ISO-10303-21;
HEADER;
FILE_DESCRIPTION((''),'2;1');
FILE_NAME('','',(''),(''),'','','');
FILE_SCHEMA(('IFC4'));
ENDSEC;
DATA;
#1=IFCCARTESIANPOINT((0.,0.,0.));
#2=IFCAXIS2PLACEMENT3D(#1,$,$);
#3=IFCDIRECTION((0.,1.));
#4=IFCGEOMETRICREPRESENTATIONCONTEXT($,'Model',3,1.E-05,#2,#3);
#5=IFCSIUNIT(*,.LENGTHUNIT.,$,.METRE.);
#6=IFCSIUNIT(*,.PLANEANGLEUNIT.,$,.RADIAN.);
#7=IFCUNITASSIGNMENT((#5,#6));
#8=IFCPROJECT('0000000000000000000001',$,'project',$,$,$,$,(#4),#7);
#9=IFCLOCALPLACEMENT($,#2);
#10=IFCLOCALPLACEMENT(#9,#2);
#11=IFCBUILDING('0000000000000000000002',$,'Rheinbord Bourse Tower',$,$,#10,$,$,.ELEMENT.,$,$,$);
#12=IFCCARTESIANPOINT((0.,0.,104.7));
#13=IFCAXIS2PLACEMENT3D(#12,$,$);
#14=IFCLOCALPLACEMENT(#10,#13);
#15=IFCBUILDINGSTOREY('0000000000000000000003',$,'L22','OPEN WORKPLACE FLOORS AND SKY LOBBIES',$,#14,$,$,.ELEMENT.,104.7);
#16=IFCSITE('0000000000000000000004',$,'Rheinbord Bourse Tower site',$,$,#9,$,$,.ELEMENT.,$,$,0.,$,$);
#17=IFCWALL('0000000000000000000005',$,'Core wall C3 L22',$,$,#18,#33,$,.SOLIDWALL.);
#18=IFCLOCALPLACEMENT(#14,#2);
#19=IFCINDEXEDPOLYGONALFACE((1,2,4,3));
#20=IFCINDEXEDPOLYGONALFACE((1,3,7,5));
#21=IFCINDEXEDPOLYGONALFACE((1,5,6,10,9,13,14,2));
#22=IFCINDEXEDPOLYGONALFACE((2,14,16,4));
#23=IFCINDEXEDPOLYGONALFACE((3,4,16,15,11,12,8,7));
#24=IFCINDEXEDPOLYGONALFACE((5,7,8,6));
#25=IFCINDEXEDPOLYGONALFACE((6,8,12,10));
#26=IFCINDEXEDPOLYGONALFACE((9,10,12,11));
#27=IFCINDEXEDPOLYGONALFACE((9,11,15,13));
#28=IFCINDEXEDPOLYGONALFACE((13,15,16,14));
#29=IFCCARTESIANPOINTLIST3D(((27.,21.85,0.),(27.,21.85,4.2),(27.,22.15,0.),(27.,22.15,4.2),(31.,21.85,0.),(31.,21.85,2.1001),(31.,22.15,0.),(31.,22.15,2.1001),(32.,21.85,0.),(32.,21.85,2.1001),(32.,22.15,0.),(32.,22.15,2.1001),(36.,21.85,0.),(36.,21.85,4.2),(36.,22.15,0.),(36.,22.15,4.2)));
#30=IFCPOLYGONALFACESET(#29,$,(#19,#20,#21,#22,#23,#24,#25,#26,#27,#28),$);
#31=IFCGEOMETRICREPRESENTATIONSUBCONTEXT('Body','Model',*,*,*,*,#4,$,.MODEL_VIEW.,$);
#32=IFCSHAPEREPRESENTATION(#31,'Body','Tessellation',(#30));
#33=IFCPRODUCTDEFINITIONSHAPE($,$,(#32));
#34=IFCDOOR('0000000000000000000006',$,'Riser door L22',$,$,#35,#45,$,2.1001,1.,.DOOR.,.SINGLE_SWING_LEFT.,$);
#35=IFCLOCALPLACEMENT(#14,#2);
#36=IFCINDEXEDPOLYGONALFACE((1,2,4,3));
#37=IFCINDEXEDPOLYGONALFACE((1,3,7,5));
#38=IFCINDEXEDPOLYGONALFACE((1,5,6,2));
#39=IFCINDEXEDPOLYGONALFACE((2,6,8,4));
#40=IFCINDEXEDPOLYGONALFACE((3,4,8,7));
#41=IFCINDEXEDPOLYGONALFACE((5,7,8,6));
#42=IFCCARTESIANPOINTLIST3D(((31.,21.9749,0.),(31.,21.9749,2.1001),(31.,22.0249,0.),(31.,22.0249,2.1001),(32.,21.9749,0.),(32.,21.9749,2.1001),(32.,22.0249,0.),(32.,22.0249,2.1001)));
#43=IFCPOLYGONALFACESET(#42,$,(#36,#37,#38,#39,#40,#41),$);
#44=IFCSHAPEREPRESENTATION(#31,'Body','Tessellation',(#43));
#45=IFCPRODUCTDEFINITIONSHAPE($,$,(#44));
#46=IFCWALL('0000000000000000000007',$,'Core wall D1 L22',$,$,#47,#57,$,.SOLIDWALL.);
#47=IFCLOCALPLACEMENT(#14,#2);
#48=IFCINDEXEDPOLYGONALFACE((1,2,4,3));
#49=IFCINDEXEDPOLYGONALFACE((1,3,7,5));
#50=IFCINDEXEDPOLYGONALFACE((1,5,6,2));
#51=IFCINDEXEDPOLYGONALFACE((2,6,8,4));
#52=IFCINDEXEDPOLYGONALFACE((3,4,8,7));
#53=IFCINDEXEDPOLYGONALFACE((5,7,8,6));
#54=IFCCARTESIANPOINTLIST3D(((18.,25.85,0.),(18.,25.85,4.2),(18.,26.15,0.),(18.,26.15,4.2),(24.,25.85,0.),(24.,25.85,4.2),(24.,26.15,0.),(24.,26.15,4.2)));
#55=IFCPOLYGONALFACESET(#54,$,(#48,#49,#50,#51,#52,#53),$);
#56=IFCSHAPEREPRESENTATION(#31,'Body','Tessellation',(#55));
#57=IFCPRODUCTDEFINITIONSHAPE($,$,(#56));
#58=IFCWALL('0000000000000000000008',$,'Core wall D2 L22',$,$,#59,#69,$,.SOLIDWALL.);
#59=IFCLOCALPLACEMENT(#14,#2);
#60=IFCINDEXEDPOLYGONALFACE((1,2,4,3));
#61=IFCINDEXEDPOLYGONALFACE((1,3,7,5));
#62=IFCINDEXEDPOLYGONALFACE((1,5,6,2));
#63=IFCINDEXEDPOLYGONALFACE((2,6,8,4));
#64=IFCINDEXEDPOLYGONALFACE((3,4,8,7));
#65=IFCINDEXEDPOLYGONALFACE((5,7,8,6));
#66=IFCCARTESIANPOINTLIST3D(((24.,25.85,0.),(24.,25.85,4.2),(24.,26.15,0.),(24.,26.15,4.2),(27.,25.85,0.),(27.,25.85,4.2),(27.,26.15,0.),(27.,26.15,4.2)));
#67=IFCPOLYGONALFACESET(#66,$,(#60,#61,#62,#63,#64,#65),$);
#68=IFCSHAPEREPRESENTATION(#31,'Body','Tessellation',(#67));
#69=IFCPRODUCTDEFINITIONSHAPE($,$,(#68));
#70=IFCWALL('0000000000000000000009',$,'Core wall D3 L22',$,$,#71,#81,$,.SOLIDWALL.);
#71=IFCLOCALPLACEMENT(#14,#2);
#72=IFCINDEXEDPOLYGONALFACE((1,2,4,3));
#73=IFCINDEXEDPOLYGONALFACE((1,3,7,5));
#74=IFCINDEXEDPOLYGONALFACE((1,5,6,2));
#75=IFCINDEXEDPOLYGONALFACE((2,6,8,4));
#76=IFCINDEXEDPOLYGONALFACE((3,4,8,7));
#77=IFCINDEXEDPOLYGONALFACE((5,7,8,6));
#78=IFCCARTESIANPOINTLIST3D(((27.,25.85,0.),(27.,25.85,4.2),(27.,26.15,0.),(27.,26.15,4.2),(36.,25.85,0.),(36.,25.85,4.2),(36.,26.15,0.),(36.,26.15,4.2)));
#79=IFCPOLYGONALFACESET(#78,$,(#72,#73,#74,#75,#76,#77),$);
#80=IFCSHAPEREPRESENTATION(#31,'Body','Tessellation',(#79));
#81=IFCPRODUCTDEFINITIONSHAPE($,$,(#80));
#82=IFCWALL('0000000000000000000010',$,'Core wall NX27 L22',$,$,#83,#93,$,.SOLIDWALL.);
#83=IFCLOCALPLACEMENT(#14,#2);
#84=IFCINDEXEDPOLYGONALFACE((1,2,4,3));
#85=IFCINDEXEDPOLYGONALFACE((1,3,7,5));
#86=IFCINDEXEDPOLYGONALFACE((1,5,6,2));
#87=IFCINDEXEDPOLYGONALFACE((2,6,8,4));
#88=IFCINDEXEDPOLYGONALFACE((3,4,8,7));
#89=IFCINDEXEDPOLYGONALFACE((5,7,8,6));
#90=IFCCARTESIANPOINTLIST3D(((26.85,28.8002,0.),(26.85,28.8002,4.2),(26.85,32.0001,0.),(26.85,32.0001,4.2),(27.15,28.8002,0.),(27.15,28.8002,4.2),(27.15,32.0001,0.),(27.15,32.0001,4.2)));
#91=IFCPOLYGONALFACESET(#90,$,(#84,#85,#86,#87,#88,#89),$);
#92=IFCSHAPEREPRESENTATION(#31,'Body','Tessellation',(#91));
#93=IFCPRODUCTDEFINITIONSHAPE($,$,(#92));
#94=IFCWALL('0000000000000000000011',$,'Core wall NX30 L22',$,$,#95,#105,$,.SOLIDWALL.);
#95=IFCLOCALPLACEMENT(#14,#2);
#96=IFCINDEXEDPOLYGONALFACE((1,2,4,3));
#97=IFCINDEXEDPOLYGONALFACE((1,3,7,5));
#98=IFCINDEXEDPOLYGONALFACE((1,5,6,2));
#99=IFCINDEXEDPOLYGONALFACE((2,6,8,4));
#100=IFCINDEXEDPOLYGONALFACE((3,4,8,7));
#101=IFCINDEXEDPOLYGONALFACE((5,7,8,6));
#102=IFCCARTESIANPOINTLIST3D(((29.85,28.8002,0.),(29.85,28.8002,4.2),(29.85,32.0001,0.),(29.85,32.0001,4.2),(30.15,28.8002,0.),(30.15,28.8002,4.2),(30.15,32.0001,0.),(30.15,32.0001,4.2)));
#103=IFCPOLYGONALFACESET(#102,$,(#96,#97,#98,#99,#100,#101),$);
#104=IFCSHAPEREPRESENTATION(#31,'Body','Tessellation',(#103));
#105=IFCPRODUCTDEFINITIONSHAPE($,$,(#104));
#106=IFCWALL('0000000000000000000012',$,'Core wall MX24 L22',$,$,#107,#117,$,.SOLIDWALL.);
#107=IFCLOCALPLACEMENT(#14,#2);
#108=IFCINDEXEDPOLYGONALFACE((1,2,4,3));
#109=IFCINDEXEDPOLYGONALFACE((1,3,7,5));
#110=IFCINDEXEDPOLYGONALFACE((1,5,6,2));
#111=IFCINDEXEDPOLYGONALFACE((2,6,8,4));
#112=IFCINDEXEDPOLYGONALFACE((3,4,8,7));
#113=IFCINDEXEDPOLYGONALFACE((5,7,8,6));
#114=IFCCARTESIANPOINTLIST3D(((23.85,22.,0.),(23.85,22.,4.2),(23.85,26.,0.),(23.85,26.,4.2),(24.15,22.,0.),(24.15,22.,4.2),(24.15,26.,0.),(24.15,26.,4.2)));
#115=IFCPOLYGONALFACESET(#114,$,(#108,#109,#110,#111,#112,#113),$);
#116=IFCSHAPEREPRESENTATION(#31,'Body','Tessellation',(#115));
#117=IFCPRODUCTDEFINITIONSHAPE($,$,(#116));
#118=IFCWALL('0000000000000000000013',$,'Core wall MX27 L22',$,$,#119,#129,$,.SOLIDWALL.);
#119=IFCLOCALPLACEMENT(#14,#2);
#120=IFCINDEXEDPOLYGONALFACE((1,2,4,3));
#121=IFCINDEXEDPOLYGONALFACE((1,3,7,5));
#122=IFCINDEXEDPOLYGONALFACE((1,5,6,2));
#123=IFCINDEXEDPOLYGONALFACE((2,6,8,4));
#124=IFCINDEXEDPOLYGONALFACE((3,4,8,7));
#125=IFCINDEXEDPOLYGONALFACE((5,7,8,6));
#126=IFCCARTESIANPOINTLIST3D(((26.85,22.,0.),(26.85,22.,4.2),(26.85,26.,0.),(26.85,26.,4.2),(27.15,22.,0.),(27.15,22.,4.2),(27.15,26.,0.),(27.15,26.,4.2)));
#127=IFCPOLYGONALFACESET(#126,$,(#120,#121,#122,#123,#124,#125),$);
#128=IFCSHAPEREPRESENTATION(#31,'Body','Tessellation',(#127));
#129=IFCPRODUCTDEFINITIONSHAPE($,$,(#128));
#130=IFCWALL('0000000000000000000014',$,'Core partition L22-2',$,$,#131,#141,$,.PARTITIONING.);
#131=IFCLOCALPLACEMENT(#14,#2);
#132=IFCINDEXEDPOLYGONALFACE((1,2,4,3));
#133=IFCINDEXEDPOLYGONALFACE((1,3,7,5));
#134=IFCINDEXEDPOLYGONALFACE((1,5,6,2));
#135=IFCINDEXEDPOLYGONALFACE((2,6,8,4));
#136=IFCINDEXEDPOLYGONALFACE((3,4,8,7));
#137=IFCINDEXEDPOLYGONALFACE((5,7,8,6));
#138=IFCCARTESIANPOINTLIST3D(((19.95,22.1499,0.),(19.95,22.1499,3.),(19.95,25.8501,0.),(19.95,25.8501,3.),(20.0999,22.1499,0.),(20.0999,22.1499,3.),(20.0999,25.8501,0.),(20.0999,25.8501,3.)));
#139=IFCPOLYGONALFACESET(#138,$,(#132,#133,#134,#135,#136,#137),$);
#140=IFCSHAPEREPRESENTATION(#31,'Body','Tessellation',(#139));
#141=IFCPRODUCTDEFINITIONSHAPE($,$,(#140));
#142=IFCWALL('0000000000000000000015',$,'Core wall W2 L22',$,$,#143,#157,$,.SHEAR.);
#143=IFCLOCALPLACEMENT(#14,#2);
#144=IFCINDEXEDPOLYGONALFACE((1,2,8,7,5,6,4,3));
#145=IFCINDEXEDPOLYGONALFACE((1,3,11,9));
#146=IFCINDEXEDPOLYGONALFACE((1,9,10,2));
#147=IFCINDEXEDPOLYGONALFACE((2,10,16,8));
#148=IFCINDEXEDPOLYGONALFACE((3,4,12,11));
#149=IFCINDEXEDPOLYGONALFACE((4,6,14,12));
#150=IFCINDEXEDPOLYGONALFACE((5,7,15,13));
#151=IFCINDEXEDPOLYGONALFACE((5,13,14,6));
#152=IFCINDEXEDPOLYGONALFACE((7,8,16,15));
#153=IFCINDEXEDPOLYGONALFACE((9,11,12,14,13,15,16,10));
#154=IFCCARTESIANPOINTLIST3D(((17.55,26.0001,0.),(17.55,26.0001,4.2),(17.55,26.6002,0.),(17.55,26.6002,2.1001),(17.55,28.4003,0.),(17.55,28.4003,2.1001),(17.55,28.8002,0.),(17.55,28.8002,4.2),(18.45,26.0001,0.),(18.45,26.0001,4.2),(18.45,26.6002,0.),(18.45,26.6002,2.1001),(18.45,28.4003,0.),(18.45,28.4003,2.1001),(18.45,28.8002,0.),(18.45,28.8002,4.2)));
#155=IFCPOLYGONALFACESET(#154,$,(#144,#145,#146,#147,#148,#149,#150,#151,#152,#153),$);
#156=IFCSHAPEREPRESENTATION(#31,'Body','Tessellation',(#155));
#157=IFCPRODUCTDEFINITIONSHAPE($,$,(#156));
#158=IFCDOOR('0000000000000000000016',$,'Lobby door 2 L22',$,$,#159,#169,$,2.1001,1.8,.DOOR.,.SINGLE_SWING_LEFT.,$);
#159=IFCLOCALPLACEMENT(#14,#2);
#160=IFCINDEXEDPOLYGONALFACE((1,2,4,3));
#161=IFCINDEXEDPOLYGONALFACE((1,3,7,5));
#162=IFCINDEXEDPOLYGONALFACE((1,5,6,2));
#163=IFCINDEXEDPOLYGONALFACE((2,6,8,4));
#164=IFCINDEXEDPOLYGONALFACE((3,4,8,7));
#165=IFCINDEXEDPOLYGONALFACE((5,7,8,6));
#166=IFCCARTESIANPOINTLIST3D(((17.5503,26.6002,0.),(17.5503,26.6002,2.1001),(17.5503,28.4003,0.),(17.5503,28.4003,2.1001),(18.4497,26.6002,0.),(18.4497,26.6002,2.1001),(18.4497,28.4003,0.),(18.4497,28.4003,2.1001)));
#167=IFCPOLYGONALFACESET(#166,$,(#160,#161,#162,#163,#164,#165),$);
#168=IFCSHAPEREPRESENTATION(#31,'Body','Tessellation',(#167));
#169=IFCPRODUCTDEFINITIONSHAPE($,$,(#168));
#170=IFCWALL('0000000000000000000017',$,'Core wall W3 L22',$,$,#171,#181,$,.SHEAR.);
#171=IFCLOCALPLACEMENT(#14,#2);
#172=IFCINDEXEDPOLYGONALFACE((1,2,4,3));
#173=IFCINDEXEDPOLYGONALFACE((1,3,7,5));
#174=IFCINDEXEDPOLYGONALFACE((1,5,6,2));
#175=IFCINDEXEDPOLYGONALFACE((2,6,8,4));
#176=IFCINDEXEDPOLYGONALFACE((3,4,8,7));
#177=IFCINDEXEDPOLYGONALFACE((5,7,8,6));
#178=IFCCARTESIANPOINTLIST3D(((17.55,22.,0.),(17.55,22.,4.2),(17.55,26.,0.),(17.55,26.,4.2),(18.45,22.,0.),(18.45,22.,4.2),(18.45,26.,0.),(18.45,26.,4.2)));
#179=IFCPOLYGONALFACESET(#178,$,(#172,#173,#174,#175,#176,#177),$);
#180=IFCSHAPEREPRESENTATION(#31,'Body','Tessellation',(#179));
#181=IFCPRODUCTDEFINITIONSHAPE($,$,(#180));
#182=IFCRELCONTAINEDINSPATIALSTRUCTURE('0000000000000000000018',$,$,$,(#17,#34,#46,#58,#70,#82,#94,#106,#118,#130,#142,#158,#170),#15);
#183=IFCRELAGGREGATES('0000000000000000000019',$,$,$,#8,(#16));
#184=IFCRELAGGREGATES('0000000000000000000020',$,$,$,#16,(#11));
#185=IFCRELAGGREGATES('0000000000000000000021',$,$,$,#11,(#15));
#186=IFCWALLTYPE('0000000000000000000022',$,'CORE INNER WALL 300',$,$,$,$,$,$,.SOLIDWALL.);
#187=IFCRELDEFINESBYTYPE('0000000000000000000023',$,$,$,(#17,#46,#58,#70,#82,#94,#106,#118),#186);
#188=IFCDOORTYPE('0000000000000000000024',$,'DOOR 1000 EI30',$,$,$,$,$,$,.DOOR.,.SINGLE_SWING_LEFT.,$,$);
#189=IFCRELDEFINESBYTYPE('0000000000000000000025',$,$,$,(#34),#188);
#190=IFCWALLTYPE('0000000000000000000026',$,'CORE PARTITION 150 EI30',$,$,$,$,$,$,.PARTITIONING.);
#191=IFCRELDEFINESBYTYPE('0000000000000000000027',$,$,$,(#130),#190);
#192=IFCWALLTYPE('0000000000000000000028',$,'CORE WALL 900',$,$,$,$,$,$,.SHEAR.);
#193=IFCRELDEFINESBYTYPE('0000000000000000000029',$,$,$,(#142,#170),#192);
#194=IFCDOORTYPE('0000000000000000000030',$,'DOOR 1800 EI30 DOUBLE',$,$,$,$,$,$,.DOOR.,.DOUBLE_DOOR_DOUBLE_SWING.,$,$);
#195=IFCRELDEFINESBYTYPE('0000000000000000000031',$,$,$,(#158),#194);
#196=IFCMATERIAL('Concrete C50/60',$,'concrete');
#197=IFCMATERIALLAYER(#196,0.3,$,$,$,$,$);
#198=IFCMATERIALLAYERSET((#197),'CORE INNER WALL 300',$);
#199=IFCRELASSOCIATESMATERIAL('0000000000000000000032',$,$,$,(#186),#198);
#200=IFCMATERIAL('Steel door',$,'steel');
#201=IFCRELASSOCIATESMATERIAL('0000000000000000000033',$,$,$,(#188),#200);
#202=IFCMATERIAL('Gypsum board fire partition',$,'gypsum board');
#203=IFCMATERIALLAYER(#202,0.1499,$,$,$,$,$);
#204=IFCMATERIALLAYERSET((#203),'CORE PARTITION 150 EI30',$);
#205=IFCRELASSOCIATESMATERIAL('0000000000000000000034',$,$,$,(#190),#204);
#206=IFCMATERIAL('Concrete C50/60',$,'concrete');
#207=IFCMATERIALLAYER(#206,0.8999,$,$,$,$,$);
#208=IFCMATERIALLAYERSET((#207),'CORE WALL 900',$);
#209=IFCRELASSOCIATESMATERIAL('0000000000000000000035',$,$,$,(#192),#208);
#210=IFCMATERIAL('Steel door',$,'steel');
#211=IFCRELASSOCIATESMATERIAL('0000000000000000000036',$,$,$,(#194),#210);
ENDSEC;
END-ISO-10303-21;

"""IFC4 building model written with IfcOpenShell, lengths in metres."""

from ifc_helpers import new_model, si_unit, direction, frame, frame_2d, origin, place, context, subcontext, project, spatial, rectangle, extrude, material, layer, layer_set, type_object, element, fill, save


model = new_model("IFC4")

# Units and contexts
model_context = context("Model", 3, precision=1e-05, world=origin(), true_north=direction((0.0, 1.0)))
body_context = subcontext(model_context, "Body", "Model", "MODEL_VIEW")
ifc_project = project(units=[si_unit("LENGTHUNIT", "METRE"), si_unit("PLANEANGLEUNIT", "RADIAN")], contexts=[model_context])

# Site, building, storey
site_placement = place(None, origin())
site = spatial("IfcSite", under=ifc_project, at=site_placement, Name="Rheinbord Bourse Tower site", CompositionType="ELEMENT", RefElevation=0.0)
building_placement = place(site_placement, origin())
building = spatial("IfcBuilding", under=site, at=building_placement, Name="Rheinbord Bourse Tower", CompositionType="ELEMENT")
storey_placement = place(building_placement, frame((0.0, 0.0, 104.7)))
storey = spatial("IfcBuildingStorey", under=building, at=storey_placement, Name="L22", Description="OPEN WORKPLACE FLOORS AND SKY LOBBIES", CompositionType="ELEMENT", Elevation=104.7)

# Wall, opening, door
ifc_material_1 = material(Name="Concrete C50/60", Category="concrete")
ifc_layer_1 = layer(ifc_material_1, 0.3)
ifc_layer_set_1 = layer_set([ifc_layer_1], Name="CORE INNER WALL 300")
wall_type_1 = type_object("IfcWallType", Name="CORE INNER WALL 300", PredefinedType="SOLIDWALL", material=ifc_layer_set_1)
ifc_material_2 = material(Name="Steel door", Category="steel")
door_type_1 = type_object("IfcDoorType", Name="DOOR 1000 EI30", OperationType="SINGLE_SWING_LEFT", PredefinedType="DOOR", material=ifc_material_2)
wall_1_placement = place(storey_placement, frame((27.0, 22.0, 0.0), z_axis=(0.0, 0.0, 1.0), x_axis=(1.0, 0.0, 0.0)))
wall_1 = element("IfcWall", 1, at=wall_1_placement, inside=storey, type_object=wall_type_1, Name="Core wall C3 L22", PredefinedType="SOLIDWALL", context=body_context, shape_type="SweptSolid", body=[
    extrude(rectangle(XDim=9.0, YDim=0.3, at=frame_2d((4.5, 0.0))), origin(), (0.0, 0.0, 1.0), 4.2),
])
opening_1_placement = place(wall_1_placement, frame((4.0, 0.0, 0.0)))
opening_1 = element("IfcOpeningElement", 2, at=opening_1_placement, cuts=wall_1, PredefinedType="OPENING", context=body_context, shape_type="SweptSolid", body=[
    extrude(rectangle(XDim=1.0, YDim=2.1001, at=frame_2d((0.5, 1.05))), frame((0.0, 0.1599, 0.0), z_axis=(0.0, -1.0, 0.0), x_axis=(1.0, 0.0, 0.0)), (0.0, 0.0, 1.0), 0.3201),
])
door_1_placement = place(opening_1_placement, origin())
door_1 = element("IfcDoor", 3, at=door_1_placement, inside=storey, type_object=door_type_1, Name="Riser door L22", OperationType="SINGLE_SWING_LEFT", OverallHeight=2.1001, OverallWidth=1.0, PredefinedType="DOOR", context=body_context, shape_type="SweptSolid", body=[
    extrude(rectangle(XDim=1.0, YDim=2.1001, at=frame_2d((0.5, 1.05))), frame((0.0, 0.0249, 0.0), z_axis=(0.0, -1.0, 0.0), x_axis=(1.0, 0.0, 0.0)), (0.0, 0.0, 1.0), 0.05),
])
fill(opening_1, door_1)

# Walls
wall_2_placement = place(storey_placement, frame((18.0, 26.0, 0.0), z_axis=(0.0, 0.0, 1.0), x_axis=(1.0, 0.0, 0.0)))
element("IfcWall", 4, at=wall_2_placement, inside=storey, type_object=wall_type_1, Name="Core wall D1 L22", PredefinedType="SOLIDWALL", context=body_context, shape_type="SweptSolid", body=[
    extrude(rectangle(XDim=6.0, YDim=0.3, at=frame_2d((3.0, 0.0))), origin(), (0.0, 0.0, 1.0), 4.2),
])
wall_3_placement = place(storey_placement, frame((24.0, 26.0, 0.0), z_axis=(0.0, 0.0, 1.0), x_axis=(1.0, 0.0, 0.0)))
element("IfcWall", 5, at=wall_3_placement, inside=storey, type_object=wall_type_1, Name="Core wall D2 L22", PredefinedType="SOLIDWALL", context=body_context, shape_type="SweptSolid", body=[
    extrude(rectangle(XDim=3.0, YDim=0.3, at=frame_2d((1.5, 0.0))), origin(), (0.0, 0.0, 1.0), 4.2),
])
wall_4_placement = place(storey_placement, frame((27.0, 26.0, 0.0), z_axis=(0.0, 0.0, 1.0), x_axis=(1.0, 0.0, 0.0)))
element("IfcWall", 6, at=wall_4_placement, inside=storey, type_object=wall_type_1, Name="Core wall D3 L22", PredefinedType="SOLIDWALL", context=body_context, shape_type="SweptSolid", body=[
    extrude(rectangle(XDim=9.0, YDim=0.3, at=frame_2d((4.5, 0.0))), origin(), (0.0, 0.0, 1.0), 4.2),
])
for number, where, z_axis, x_axis, name in (
    (7, (27.0, 28.8, 0.0), (0.0, 0.0, 1.0), (0.0, 1.0, 0.0), "Core wall NX27 L22"),
    (8, (30.0, 28.8, 0.0), (0.0, 0.0, 1.0), (0.0, 1.0, 0.0), "Core wall NX30 L22"),
):
    element("IfcWall", number, at=place(storey_placement, frame(where, z_axis=z_axis, x_axis=x_axis)), inside=storey, type_object=wall_type_1, Name=name, PredefinedType="SOLIDWALL", context=body_context, shape_type="SweptSolid", body=[
        extrude(rectangle(XDim=3.2, YDim=0.3, at=frame_2d((1.6001, 0.0))), origin(), (0.0, 0.0, 1.0), 4.2),
    ])
for number, where, z_axis, x_axis, name in (
    (9, (24.0, 22.0, 0.0), (0.0, 0.0, 1.0), (0.0, 1.0, 0.0), "Core wall MX24 L22"),
    (10, (27.0, 22.0, 0.0), (0.0, 0.0, 1.0), (0.0, 1.0, 0.0), "Core wall MX27 L22"),
):
    element("IfcWall", number, at=place(storey_placement, frame(where, z_axis=z_axis, x_axis=x_axis)), inside=storey, type_object=wall_type_1, Name=name, PredefinedType="SOLIDWALL", context=body_context, shape_type="SweptSolid", body=[
        extrude(rectangle(XDim=4.0, YDim=0.3, at=frame_2d((2.0, 0.0))), origin(), (0.0, 0.0, 1.0), 4.2),
    ])
ifc_material_3 = material(Name="Gypsum board fire partition", Category="gypsum board")
ifc_layer_2 = layer(ifc_material_3, 0.1499)
ifc_layer_set_2 = layer_set([ifc_layer_2], Name="CORE PARTITION 150 EI30")
wall_type_2 = type_object("IfcWallType", Name="CORE PARTITION 150 EI30", PredefinedType="PARTITIONING", material=ifc_layer_set_2)
wall_5_placement = place(storey_placement, frame((20.0249, 22.1499, 0.0), z_axis=(0.0, 0.0, 1.0), x_axis=(0.0, 1.0, 0.0)))
element("IfcWall", 11, at=wall_5_placement, inside=storey, type_object=wall_type_2, Name="Core partition L22-2", PredefinedType="PARTITIONING", context=body_context, shape_type="SweptSolid", body=[
    extrude(rectangle(XDim=3.7002, YDim=0.1499, at=frame_2d((1.8501, 0.0))), origin(), (0.0, 0.0, 1.0), 3.0),
])

# Wall, opening, door
ifc_material_4 = material(Name="Concrete C50/60", Category="concrete")
ifc_layer_3 = layer(ifc_material_4, 0.8999)
ifc_layer_set_3 = layer_set([ifc_layer_3], Name="CORE WALL 900")
wall_type_3 = type_object("IfcWallType", Name="CORE WALL 900", PredefinedType="SHEAR", material=ifc_layer_set_3)
wall_6_placement = place(storey_placement, frame((18.0, 28.8, 0.0), z_axis=(0.0, 0.0, 1.0), x_axis=(0.0, -1.0, 0.0)))
wall_6 = element("IfcWall", 12, at=wall_6_placement, inside=storey, type_object=wall_type_3, Name="Core wall W2 L22", PredefinedType="SHEAR", context=body_context, shape_type="SweptSolid", body=[
    extrude(rectangle(XDim=2.8, YDim=0.8999, at=frame_2d((1.3999, 0.0))), origin(), (0.0, 0.0, 1.0), 4.2),
])
opening_2_placement = place(wall_6_placement, frame((0.3999, 0.0, 0.0)))
opening_2 = element("IfcOpeningElement", 13, at=opening_2_placement, cuts=wall_6, PredefinedType="OPENING", context=body_context, shape_type="SweptSolid", body=[
    extrude(rectangle(XDim=1.8, YDim=2.1001, at=frame_2d((0.8999, 1.05))), frame((0.0, 0.46, 0.0), z_axis=(0.0, -1.0, 0.0), x_axis=(1.0, 0.0, 0.0)), (0.0, 0.0, 1.0), 0.9199),
])
ifc_material_5 = material(Name="Steel door", Category="steel")
door_type_2 = type_object("IfcDoorType", Name="DOOR 1800 EI30 DOUBLE", OperationType="DOUBLE_DOOR_DOUBLE_SWING", PredefinedType="DOOR", material=ifc_material_5)
door_2_placement = place(opening_2_placement, origin())
door_2 = element("IfcDoor", 14, at=door_2_placement, inside=storey, type_object=door_type_2, Name="Lobby door 2 L22", OperationType="SINGLE_SWING_LEFT", OverallHeight=2.1001, OverallWidth=1.8, PredefinedType="DOOR", context=body_context, shape_type="SweptSolid", body=[
    extrude(rectangle(XDim=1.8, YDim=2.1001, at=frame_2d((0.8999, 1.05))), frame((0.0, 0.4497, 0.0), z_axis=(0.0, -1.0, 0.0), x_axis=(1.0, 0.0, 0.0)), (0.0, 0.0, 1.0), 0.8994),
])
fill(opening_2, door_2)

# Wall
wall_7_placement = place(storey_placement, frame((18.0, 26.0, 0.0), z_axis=(0.0, 0.0, 1.0), x_axis=(0.0, -1.0, 0.0)))
element("IfcWall", 15, at=wall_7_placement, inside=storey, type_object=wall_type_3, Name="Core wall W3 L22", PredefinedType="SHEAR", context=body_context, shape_type="SweptSolid", body=[
    extrude(rectangle(XDim=4.0, YDim=0.8999, at=frame_2d((2.0, 0.0))), origin(), (0.0, 0.0, 1.0), 4.2),
])

save(model, "model.ifc")
